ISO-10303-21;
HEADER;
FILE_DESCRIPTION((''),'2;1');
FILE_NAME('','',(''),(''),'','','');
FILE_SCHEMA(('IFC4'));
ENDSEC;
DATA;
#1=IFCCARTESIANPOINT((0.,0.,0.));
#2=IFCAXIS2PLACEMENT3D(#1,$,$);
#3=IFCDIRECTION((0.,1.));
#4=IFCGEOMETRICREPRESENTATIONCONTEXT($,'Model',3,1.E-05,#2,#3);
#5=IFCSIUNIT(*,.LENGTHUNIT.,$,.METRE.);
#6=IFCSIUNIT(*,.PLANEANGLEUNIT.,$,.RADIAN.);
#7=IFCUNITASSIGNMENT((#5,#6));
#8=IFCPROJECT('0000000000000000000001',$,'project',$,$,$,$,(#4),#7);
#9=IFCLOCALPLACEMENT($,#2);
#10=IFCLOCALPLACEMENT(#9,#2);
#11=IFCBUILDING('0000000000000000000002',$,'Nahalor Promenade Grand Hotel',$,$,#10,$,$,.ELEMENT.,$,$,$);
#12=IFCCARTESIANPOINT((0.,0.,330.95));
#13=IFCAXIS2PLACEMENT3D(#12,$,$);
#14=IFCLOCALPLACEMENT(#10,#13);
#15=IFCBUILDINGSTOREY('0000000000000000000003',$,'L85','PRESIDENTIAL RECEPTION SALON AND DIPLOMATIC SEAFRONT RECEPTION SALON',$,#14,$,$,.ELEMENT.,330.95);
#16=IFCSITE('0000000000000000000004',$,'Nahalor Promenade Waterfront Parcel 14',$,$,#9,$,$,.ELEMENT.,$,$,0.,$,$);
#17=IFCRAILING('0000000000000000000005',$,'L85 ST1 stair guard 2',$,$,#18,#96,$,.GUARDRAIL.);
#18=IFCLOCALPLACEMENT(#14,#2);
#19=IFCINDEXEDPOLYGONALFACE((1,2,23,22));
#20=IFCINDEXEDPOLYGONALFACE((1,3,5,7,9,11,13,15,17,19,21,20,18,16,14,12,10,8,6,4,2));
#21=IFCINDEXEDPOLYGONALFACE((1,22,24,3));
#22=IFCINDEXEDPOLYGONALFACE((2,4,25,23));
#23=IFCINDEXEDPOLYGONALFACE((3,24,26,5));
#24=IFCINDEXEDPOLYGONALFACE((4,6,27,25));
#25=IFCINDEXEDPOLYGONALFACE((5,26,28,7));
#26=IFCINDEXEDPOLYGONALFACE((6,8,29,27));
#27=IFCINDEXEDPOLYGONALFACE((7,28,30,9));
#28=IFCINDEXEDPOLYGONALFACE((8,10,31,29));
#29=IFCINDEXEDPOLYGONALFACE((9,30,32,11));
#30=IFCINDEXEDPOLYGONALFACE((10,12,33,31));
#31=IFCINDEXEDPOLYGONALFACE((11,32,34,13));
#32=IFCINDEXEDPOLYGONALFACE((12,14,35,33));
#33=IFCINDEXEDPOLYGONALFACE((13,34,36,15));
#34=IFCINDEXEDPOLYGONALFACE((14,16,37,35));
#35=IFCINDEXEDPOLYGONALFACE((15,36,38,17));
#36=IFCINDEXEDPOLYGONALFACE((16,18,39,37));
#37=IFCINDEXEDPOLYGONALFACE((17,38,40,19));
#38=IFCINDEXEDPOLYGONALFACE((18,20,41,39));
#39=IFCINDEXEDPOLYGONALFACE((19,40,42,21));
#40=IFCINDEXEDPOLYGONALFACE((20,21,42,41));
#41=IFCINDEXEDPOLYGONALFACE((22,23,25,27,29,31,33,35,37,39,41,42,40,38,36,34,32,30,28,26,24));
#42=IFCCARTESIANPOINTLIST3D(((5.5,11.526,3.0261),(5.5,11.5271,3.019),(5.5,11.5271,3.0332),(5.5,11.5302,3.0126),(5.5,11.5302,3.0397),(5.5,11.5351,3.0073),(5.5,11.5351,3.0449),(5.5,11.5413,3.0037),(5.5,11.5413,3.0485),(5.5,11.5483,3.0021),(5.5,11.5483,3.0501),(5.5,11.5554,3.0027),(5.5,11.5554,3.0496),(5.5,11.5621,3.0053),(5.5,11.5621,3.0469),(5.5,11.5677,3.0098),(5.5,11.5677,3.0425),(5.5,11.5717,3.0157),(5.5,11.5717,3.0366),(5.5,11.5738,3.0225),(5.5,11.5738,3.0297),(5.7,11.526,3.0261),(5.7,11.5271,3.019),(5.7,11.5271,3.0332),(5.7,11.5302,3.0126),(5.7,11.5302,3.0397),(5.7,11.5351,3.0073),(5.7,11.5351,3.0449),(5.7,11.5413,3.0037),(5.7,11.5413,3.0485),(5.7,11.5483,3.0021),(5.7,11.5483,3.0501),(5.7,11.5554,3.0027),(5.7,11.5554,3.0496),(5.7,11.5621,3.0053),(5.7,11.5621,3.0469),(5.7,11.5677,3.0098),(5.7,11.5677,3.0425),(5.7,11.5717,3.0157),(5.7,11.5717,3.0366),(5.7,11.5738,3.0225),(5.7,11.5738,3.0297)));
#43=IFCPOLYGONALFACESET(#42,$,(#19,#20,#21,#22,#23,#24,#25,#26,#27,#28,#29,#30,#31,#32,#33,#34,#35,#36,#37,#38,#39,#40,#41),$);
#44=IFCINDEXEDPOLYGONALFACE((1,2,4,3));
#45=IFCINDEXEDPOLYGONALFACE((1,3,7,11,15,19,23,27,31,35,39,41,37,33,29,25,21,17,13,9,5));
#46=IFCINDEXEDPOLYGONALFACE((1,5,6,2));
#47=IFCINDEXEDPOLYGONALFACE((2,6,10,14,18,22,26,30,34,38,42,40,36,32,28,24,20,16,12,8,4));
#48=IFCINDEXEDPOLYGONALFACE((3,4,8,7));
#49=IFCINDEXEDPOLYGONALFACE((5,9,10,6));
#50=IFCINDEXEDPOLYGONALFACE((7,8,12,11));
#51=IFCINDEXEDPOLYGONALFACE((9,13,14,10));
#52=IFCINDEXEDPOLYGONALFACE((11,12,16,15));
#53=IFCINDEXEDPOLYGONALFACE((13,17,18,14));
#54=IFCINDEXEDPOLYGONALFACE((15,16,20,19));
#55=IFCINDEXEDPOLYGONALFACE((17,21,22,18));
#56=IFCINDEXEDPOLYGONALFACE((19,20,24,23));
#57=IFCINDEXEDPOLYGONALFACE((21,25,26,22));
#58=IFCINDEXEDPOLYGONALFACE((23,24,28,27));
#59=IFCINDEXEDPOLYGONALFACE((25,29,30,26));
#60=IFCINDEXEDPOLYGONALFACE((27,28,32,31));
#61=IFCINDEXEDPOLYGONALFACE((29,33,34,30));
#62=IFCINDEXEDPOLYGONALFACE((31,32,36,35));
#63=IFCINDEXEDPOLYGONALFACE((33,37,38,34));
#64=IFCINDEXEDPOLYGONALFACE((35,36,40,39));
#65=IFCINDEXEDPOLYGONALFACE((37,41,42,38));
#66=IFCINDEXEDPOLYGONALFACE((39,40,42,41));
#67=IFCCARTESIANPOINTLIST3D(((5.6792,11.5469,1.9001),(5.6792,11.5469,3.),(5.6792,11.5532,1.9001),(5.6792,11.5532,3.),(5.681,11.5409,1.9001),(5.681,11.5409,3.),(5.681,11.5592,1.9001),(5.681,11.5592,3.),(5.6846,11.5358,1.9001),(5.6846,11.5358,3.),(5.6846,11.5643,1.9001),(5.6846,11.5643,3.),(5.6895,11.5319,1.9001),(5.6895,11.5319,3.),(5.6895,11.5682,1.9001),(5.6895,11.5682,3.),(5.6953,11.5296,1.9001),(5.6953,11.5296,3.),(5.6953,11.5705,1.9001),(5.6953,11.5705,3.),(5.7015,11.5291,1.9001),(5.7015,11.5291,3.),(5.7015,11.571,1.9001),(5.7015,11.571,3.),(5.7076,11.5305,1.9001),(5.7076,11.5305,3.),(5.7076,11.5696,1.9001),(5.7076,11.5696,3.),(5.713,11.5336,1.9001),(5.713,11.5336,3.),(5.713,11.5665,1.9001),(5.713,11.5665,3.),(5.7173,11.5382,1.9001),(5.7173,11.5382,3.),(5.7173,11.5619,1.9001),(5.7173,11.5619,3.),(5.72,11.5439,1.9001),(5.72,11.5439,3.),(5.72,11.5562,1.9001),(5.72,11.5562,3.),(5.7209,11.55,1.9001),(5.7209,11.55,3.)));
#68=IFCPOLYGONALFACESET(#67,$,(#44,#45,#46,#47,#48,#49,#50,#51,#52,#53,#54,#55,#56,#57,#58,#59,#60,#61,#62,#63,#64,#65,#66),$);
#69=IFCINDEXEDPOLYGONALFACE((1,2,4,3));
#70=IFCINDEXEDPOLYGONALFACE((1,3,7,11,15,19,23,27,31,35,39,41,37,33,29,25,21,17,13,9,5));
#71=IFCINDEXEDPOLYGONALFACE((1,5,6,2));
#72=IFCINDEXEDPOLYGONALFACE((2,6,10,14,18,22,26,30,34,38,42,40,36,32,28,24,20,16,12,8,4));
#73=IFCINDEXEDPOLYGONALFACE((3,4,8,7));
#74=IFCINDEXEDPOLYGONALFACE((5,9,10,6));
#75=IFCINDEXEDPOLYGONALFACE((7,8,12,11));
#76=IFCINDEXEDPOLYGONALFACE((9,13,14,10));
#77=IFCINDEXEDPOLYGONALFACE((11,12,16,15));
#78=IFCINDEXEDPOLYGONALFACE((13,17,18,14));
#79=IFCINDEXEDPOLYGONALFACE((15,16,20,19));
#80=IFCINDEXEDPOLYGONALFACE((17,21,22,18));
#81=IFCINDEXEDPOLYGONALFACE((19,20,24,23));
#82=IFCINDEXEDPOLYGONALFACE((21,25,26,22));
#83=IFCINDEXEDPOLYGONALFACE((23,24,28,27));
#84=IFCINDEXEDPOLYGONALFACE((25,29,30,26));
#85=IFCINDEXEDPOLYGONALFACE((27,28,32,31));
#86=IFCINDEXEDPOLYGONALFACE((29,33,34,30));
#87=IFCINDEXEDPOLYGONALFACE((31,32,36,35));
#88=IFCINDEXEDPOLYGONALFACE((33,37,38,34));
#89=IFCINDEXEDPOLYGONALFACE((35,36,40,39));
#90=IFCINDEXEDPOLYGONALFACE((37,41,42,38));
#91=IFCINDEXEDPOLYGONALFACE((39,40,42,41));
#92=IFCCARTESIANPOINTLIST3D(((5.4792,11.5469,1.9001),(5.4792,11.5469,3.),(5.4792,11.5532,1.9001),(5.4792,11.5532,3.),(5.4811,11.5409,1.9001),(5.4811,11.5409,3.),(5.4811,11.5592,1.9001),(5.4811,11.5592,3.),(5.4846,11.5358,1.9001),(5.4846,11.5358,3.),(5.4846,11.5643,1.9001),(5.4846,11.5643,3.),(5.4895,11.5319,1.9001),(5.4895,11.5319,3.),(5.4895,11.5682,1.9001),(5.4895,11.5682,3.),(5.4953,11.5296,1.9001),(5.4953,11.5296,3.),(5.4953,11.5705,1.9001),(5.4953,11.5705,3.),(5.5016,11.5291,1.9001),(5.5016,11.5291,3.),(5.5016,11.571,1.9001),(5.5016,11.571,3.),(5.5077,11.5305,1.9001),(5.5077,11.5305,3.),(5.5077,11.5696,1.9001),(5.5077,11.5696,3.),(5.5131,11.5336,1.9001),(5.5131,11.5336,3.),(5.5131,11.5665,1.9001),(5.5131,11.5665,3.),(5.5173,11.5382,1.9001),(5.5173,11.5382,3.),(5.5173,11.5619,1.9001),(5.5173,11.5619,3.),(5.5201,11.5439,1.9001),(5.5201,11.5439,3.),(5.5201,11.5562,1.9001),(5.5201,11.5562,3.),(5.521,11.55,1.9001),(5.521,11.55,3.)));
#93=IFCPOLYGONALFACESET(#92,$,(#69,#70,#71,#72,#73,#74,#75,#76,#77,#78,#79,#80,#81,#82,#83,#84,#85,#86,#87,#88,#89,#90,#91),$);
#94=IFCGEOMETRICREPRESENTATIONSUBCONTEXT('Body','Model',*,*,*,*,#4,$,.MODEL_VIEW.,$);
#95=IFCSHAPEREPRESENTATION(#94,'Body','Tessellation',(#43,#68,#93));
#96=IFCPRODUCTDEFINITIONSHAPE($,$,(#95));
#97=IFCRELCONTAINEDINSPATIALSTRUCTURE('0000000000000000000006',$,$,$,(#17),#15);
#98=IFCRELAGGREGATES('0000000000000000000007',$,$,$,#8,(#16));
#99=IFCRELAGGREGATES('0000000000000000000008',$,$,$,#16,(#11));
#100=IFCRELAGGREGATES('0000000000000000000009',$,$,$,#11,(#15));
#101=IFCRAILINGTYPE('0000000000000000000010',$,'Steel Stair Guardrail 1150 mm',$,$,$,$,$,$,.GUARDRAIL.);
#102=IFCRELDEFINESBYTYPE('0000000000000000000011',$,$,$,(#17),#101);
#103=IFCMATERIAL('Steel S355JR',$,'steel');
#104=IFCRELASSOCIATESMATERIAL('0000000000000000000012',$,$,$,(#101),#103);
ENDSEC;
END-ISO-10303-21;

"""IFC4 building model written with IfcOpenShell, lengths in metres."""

from ifc_helpers import new_model, si_unit, direction, frame, origin, origin_2d, place, context, subcontext, project, spatial, circle, extrude, material, type_object, element, save


model = new_model("IFC4")

# Units and contexts
model_context = context("Model", 3, precision=1e-05, world=origin(), true_north=direction((0.0, 1.0)))
body_context = subcontext(model_context, "Body", "Model", "MODEL_VIEW")
ifc_project = project(units=[si_unit("LENGTHUNIT", "METRE"), si_unit("PLANEANGLEUNIT", "RADIAN")], contexts=[model_context])

# Site, building, storey
site_placement = place(None, origin())
site = spatial("IfcSite", under=ifc_project, at=site_placement, Name="Nahalor Promenade Waterfront Parcel 14", CompositionType="ELEMENT", RefElevation=0.0)
building_placement = place(site_placement, origin())
building = spatial("IfcBuilding", under=site, at=building_placement, Name="Nahalor Promenade Grand Hotel", CompositionType="ELEMENT")
storey_placement = place(building_placement, frame((0.0, 0.0, 330.95)))
storey = spatial("IfcBuildingStorey", under=building, at=storey_placement, Name="L85", Description="PRESIDENTIAL RECEPTION SALON AND DIPLOMATIC SEAFRONT RECEPTION SALON", CompositionType="ELEMENT", Elevation=330.95)

# Shared definitions
ifc_material_1 = material(Name="Steel S355JR", Category="steel")

# Railing
railing_type_1 = type_object("IfcRailingType", Name="Steel Stair Guardrail 1150 mm", PredefinedType="GUARDRAIL", material=ifc_material_1)
railing_1_placement = place(storey_placement, frame((5.7, 11.55, 1.9001)))
element("IfcRailing", 1, at=railing_1_placement, inside=storey, type_object=railing_type_1, Name="L85 ST1 stair guard 2", PredefinedType="GUARDRAIL", context=body_context, shape_type="SweptSolid", body=[
    extrude(circle(Radius=0.024, at=origin_2d()), frame((0.0, 0.0, 1.126), z_axis=(-1.0, 0.0, 0.0), x_axis=(0.0, -1.0, 0.0)), (0.0, 0.0, 1.0), 0.2),
    extrude(circle(Radius=0.021, at=origin_2d()), origin(), (0.0, 0.0, 1.0), 1.0999),
    extrude(circle(Radius=0.021, at=origin_2d()), frame((-0.2, 0.0, 0.0)), (0.0, 0.0, 1.0), 1.0999),
])

save(model, "model.ifc")
